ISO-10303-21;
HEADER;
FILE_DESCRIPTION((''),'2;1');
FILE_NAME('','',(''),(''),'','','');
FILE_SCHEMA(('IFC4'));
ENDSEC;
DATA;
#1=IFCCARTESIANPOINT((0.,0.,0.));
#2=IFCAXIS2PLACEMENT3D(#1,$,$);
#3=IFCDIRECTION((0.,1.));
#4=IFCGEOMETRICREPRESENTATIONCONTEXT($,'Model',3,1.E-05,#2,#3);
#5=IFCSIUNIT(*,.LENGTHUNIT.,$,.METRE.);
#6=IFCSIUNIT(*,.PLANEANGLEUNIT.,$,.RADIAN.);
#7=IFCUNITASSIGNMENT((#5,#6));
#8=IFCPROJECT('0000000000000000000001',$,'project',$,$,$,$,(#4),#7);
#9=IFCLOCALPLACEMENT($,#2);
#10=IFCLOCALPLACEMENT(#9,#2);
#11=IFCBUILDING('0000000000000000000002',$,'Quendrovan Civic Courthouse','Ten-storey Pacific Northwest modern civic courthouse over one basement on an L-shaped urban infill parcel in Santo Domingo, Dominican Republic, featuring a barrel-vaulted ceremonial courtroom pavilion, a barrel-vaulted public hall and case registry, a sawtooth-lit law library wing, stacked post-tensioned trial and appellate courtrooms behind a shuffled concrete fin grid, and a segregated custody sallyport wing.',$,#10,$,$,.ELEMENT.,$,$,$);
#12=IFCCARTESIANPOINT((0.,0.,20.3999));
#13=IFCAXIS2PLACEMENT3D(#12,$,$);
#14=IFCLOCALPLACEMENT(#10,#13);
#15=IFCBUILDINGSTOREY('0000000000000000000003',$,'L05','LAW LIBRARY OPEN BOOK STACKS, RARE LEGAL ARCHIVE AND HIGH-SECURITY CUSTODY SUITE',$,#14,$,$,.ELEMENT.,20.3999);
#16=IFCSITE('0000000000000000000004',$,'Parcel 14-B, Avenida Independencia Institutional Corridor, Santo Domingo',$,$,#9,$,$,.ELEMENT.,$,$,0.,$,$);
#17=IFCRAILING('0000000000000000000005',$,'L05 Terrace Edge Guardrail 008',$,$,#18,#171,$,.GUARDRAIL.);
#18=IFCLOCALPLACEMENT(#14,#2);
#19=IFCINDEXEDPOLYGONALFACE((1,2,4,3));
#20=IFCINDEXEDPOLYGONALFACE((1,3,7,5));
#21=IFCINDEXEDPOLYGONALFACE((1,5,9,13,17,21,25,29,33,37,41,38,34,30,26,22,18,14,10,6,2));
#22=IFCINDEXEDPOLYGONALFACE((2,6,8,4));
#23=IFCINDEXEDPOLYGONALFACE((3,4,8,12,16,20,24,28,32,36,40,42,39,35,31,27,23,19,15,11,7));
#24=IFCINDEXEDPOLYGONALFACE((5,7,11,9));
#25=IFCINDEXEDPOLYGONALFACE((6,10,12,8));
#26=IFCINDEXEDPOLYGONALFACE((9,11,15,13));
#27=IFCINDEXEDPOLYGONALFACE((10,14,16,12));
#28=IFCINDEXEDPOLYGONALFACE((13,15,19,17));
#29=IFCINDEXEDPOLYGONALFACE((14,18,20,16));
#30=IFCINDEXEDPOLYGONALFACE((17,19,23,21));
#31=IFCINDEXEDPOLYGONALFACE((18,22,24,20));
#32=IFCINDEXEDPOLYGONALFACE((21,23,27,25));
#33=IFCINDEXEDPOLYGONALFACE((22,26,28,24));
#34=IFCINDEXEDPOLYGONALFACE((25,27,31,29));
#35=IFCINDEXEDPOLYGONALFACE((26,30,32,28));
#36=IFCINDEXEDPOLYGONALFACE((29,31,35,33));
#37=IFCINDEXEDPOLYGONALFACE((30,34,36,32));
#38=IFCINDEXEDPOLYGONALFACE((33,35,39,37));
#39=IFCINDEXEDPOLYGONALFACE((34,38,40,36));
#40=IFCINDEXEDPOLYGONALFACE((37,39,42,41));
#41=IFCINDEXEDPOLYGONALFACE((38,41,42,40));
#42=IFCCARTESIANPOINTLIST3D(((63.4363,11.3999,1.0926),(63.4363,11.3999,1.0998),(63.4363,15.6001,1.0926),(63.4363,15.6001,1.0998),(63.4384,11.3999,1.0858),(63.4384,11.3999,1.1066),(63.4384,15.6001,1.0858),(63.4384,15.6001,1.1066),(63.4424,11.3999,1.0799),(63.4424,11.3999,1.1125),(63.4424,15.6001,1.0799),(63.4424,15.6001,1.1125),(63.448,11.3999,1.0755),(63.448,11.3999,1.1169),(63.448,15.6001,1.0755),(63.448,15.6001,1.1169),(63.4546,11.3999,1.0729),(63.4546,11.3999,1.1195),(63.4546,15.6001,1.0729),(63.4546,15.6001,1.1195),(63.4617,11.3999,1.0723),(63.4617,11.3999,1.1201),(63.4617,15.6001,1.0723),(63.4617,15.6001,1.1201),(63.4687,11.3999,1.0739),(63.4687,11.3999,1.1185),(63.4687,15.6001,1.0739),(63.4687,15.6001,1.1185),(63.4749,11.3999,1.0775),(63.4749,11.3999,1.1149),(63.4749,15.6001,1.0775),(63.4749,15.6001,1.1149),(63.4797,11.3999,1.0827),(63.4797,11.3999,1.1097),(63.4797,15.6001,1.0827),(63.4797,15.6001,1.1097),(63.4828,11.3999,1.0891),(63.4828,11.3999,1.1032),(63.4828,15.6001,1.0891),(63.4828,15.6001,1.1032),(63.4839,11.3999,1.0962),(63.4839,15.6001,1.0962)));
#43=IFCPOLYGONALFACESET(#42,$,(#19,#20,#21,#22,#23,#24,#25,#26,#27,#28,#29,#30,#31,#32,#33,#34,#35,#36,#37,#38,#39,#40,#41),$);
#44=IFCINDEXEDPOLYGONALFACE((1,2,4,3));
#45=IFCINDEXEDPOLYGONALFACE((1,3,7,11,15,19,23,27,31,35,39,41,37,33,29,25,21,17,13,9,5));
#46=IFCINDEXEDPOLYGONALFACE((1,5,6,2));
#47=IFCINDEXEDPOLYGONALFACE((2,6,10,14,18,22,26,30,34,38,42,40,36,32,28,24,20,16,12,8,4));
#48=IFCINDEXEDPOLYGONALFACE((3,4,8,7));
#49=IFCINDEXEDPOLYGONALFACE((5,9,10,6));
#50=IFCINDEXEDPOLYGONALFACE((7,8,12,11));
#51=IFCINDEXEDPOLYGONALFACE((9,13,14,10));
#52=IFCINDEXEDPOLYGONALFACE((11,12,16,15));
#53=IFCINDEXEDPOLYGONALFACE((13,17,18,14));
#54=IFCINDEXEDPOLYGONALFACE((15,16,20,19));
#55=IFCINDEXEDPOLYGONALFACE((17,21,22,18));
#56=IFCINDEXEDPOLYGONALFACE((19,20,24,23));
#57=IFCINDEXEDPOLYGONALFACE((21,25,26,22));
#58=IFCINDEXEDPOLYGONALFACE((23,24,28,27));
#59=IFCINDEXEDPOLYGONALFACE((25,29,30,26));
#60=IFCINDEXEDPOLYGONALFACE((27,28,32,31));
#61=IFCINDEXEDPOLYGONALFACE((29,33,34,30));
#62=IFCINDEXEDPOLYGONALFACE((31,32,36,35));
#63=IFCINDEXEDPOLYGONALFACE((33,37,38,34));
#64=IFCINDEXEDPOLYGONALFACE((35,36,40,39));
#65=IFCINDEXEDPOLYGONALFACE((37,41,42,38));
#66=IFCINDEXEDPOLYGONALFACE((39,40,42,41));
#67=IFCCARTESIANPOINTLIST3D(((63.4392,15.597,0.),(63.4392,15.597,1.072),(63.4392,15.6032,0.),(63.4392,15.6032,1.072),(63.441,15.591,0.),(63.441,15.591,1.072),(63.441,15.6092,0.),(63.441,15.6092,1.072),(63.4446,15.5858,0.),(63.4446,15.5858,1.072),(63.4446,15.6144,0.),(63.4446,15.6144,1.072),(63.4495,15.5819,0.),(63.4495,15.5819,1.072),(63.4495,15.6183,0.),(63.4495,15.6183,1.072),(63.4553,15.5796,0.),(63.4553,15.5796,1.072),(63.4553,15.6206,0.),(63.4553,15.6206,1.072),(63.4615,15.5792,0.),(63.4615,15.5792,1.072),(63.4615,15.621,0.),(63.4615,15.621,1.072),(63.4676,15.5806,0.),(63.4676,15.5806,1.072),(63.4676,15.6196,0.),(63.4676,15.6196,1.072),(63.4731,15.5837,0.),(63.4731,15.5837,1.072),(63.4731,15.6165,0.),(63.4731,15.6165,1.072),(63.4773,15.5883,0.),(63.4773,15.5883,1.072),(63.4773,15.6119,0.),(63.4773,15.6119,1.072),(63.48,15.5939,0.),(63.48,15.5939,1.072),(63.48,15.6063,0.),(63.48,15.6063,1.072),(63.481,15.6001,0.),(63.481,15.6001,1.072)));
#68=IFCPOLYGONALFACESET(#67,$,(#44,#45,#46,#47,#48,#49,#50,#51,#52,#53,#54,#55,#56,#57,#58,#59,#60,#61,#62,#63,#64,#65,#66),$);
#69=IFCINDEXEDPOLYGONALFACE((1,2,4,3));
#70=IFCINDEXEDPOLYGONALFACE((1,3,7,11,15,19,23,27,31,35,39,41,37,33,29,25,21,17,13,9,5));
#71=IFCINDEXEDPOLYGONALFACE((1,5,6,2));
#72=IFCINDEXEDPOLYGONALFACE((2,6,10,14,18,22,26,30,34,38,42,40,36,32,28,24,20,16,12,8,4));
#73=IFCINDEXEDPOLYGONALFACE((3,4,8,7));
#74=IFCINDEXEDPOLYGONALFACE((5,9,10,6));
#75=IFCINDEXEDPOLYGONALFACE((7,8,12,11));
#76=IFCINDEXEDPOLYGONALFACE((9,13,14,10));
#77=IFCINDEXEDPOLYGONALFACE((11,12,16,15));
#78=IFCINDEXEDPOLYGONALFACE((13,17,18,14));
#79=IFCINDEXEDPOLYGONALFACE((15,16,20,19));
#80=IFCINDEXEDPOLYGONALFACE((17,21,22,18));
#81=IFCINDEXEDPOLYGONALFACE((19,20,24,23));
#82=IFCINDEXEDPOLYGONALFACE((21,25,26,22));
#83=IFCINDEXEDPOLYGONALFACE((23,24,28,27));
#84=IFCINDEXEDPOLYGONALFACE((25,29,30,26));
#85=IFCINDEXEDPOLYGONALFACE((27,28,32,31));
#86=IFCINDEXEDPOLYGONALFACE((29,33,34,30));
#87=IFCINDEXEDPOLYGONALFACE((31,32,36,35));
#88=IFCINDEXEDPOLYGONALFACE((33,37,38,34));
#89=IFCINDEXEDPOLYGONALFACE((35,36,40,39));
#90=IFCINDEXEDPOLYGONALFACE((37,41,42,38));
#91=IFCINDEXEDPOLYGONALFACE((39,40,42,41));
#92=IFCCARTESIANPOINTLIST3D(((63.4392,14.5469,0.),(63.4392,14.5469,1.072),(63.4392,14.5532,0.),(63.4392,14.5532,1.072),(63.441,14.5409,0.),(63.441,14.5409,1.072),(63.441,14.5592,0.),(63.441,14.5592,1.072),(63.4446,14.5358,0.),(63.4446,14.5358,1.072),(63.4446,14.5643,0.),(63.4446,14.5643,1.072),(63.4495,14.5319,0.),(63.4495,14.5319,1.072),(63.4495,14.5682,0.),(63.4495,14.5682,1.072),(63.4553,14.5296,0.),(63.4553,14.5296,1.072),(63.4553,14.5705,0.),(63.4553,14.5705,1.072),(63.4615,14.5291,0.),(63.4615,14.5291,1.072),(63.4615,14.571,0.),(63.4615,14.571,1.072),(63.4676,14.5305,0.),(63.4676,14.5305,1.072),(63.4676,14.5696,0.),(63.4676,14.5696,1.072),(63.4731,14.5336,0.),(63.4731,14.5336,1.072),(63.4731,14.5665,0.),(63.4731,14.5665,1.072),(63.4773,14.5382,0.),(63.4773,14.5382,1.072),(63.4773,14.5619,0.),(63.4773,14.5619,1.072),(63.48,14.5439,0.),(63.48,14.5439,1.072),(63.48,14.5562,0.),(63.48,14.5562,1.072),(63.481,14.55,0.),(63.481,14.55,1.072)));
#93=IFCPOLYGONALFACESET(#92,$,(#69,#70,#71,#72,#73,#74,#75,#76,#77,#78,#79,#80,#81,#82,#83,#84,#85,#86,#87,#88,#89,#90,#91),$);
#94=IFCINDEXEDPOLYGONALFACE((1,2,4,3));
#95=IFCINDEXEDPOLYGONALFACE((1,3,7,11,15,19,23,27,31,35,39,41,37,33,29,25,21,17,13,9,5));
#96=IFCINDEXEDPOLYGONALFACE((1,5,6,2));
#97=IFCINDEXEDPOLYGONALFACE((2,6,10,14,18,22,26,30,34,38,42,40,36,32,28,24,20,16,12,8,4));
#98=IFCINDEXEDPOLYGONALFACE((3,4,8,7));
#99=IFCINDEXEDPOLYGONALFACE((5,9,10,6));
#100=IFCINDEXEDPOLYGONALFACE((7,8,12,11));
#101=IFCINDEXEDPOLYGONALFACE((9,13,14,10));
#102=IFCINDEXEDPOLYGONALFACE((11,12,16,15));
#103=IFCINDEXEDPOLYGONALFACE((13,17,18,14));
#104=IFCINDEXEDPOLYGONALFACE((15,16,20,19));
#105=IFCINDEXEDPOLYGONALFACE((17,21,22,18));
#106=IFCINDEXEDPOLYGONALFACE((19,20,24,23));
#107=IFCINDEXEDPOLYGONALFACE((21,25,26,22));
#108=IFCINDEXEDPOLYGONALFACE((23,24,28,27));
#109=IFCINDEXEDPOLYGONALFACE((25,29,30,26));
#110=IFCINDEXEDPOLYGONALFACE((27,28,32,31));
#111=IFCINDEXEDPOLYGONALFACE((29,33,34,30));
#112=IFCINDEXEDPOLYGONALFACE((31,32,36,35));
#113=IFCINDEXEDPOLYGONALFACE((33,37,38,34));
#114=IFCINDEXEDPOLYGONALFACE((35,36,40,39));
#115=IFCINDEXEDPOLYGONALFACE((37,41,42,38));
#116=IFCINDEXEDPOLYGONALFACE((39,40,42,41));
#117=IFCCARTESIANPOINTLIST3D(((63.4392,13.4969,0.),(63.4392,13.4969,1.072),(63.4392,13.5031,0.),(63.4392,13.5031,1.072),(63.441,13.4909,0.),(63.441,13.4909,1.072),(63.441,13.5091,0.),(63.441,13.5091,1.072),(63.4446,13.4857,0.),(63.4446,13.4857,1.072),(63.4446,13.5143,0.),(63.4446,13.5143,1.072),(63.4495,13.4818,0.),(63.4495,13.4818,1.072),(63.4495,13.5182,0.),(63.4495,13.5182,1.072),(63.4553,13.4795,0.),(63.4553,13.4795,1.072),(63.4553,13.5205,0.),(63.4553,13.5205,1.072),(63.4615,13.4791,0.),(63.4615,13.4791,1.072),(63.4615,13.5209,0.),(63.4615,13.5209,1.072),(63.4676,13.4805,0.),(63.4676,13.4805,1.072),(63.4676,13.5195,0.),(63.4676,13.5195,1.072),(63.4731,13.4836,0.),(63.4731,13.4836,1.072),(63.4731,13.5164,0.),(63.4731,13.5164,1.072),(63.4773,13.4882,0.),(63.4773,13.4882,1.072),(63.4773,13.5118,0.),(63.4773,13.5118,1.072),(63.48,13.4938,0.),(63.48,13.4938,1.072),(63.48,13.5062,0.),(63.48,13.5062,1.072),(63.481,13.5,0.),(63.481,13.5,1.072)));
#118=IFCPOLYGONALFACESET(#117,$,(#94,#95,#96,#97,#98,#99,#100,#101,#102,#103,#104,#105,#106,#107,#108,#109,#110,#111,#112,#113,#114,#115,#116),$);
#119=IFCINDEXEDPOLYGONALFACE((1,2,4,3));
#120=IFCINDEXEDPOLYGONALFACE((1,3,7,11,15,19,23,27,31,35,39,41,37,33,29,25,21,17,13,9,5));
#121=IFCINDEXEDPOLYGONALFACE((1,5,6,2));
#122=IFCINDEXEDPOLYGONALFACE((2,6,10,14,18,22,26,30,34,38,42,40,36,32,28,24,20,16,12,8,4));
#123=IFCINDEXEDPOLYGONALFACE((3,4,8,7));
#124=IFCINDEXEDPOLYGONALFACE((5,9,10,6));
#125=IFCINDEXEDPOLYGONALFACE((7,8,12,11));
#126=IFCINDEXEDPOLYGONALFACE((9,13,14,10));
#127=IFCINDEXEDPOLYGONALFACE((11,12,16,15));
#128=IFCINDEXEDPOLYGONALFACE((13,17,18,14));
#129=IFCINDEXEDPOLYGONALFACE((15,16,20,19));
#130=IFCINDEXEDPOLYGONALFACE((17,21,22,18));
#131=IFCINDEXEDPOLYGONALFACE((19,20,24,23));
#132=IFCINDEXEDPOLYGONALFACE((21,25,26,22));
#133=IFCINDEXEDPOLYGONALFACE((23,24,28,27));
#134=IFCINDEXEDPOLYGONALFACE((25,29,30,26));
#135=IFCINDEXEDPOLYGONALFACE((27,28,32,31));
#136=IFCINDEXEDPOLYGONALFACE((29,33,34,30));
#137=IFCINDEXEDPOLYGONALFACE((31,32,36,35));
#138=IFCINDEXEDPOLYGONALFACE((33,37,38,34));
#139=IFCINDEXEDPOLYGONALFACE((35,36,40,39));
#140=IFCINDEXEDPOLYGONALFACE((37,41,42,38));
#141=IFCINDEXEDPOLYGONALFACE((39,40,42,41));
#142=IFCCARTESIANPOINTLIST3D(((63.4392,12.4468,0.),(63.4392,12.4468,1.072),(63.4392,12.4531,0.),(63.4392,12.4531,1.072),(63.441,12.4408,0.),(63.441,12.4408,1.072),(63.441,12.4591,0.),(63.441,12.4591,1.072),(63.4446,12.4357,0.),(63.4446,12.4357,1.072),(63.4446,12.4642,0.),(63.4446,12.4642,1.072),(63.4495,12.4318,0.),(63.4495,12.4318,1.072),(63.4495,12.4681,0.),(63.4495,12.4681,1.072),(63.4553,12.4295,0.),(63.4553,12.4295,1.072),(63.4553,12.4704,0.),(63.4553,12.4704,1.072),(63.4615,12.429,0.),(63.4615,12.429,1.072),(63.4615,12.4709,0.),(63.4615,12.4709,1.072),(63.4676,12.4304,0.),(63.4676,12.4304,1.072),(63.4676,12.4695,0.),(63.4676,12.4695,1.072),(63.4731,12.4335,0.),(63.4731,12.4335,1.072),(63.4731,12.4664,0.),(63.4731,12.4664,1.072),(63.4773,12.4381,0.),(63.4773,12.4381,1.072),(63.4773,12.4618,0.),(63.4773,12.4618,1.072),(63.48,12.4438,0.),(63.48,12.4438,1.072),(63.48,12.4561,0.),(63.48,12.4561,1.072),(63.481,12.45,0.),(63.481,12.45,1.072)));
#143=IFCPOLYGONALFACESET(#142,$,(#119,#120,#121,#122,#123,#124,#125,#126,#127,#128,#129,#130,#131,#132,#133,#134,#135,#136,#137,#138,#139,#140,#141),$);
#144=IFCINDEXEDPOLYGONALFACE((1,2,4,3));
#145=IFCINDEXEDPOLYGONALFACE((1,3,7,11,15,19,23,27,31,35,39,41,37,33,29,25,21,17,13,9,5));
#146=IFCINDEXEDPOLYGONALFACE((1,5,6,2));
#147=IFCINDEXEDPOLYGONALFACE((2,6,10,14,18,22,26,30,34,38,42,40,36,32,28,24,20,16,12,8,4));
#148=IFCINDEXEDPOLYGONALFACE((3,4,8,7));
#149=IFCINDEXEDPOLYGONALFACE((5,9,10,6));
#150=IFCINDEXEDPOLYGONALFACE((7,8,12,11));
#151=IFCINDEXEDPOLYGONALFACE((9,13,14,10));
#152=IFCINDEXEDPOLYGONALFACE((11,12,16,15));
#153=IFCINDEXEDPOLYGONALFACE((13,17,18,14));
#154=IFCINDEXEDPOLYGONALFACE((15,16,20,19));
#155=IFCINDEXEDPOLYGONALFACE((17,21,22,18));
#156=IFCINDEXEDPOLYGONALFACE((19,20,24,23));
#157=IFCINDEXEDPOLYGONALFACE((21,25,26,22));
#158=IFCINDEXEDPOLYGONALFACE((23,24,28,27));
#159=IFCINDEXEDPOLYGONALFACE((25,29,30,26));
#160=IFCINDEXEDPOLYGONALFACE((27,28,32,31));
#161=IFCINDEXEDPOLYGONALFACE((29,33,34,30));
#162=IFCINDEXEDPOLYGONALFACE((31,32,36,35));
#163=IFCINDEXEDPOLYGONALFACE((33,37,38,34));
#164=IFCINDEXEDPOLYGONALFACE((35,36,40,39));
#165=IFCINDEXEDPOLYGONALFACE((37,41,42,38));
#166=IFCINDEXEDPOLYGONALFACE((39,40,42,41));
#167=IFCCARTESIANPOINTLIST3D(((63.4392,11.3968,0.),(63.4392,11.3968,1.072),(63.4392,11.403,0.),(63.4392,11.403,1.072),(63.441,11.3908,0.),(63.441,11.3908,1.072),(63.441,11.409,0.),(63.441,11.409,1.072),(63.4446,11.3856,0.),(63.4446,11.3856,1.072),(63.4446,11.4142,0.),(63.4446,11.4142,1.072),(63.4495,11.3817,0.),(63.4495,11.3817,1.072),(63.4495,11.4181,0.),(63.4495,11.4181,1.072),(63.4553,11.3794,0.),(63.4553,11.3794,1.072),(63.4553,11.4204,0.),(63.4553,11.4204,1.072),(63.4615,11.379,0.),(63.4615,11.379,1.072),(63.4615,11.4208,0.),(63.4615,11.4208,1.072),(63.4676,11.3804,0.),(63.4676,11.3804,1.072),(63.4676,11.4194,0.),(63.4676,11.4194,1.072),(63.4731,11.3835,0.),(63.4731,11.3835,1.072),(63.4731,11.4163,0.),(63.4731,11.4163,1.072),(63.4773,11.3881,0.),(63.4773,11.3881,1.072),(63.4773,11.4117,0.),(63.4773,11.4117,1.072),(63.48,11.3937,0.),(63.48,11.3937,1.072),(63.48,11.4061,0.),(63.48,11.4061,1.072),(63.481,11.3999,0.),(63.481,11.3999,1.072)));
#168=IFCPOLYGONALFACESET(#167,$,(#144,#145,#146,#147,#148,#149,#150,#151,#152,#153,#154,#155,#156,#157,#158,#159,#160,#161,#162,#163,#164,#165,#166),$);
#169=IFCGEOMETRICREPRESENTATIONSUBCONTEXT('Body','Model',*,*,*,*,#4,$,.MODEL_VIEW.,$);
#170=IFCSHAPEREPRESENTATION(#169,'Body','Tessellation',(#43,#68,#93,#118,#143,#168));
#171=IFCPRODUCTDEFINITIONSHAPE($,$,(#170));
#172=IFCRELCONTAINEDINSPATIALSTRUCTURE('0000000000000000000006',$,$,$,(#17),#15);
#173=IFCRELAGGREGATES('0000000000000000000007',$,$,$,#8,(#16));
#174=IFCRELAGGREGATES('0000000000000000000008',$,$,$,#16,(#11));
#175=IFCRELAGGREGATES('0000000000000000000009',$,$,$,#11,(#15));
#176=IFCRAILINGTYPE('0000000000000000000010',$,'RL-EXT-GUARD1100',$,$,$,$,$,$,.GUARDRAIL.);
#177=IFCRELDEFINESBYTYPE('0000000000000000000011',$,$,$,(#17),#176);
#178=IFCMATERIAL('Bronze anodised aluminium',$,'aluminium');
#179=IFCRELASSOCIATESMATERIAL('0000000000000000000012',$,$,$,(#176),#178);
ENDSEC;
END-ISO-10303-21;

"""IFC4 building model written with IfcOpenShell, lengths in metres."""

from ifc_helpers import new_model, si_unit, direction, frame, origin, origin_2d, place, context, subcontext, project, spatial, circle, extrude, material, type_object, element, save


model = new_model("IFC4")

# Units and contexts
model_context = context("Model", 3, precision=1e-05, world=origin(), true_north=direction((0.0, 1.0)))
body_context = subcontext(model_context, "Body", "Model", "MODEL_VIEW")
ifc_project = project(units=[si_unit("LENGTHUNIT", "METRE"), si_unit("PLANEANGLEUNIT", "RADIAN")], contexts=[model_context])

# Site, building, storey
site_placement = place(None, origin())
site = spatial("IfcSite", under=ifc_project, at=site_placement, Name="Parcel 14-B, Avenida Independencia Institutional Corridor, Santo Domingo", CompositionType="ELEMENT", RefElevation=0.0)
building_placement = place(site_placement, origin())
building = spatial("IfcBuilding", under=site, at=building_placement, Name="Quendrovan Civic Courthouse", Description="Ten-storey Pacific Northwest modern civic courthouse over one basement on an L-shaped urban infill parcel in Santo Domingo, Dominican Republic, featuring a barrel-vaulted ceremonial courtroom pavilion, a barrel-vaulted public hall and case registry, a sawtooth-lit law library wing, stacked post-tensioned trial and appellate courtrooms behind a shuffled concrete fin grid, and a segregated custody sallyport wing.", CompositionType="ELEMENT")
storey_placement = place(building_placement, frame((0.0, 0.0, 20.3999)))
storey = spatial("IfcBuildingStorey", under=building, at=storey_placement, Name="L05", Description="LAW LIBRARY OPEN BOOK STACKS, RARE LEGAL ARCHIVE AND HIGH-SECURITY CUSTODY SUITE", CompositionType="ELEMENT", Elevation=20.3999)

# Railing
ifc_material_1 = material(Name="Bronze anodised aluminium", Category="aluminium")
railing_type = type_object("IfcRailingType", Name="RL-EXT-GUARD1100", PredefinedType="GUARDRAIL", material=ifc_material_1)
railing_1_placement = place(storey_placement, frame((63.46, 15.6001, 0.0)))
element("IfcRailing", 1, at=railing_1_placement, inside=storey, type_object=railing_type, Name="L05 Terrace Edge Guardrail 008", PredefinedType="GUARDRAIL", context=body_context, shape_type="SweptSolid", body=[
    extrude(circle(Radius=0.0239, at=origin_2d()), frame((0.0, 0.0, 1.0962), z_axis=(0.0, -1.0, 0.0), x_axis=(1.0, 0.0, 0.0)), (0.0, 0.0, 1.0), 4.2002),
    extrude(circle(Radius=0.021, at=origin_2d()), origin(), (0.0, 0.0, 1.0), 1.072),
    extrude(circle(Radius=0.021, at=origin_2d()), frame((0.0, -1.05, 0.0)), (0.0, 0.0, 1.0), 1.072),
    extrude(circle(Radius=0.021, at=origin_2d()), frame((0.0, -2.1001, 0.0)), (0.0, 0.0, 1.0), 1.072),
    extrude(circle(Radius=0.021, at=origin_2d()), frame((0.0, -3.1501, 0.0)), (0.0, 0.0, 1.0), 1.072),
    extrude(circle(Radius=0.021, at=origin_2d()), frame((0.0, -4.2002, 0.0)), (0.0, 0.0, 1.0), 1.072),
])

save(model, "model.ifc")
